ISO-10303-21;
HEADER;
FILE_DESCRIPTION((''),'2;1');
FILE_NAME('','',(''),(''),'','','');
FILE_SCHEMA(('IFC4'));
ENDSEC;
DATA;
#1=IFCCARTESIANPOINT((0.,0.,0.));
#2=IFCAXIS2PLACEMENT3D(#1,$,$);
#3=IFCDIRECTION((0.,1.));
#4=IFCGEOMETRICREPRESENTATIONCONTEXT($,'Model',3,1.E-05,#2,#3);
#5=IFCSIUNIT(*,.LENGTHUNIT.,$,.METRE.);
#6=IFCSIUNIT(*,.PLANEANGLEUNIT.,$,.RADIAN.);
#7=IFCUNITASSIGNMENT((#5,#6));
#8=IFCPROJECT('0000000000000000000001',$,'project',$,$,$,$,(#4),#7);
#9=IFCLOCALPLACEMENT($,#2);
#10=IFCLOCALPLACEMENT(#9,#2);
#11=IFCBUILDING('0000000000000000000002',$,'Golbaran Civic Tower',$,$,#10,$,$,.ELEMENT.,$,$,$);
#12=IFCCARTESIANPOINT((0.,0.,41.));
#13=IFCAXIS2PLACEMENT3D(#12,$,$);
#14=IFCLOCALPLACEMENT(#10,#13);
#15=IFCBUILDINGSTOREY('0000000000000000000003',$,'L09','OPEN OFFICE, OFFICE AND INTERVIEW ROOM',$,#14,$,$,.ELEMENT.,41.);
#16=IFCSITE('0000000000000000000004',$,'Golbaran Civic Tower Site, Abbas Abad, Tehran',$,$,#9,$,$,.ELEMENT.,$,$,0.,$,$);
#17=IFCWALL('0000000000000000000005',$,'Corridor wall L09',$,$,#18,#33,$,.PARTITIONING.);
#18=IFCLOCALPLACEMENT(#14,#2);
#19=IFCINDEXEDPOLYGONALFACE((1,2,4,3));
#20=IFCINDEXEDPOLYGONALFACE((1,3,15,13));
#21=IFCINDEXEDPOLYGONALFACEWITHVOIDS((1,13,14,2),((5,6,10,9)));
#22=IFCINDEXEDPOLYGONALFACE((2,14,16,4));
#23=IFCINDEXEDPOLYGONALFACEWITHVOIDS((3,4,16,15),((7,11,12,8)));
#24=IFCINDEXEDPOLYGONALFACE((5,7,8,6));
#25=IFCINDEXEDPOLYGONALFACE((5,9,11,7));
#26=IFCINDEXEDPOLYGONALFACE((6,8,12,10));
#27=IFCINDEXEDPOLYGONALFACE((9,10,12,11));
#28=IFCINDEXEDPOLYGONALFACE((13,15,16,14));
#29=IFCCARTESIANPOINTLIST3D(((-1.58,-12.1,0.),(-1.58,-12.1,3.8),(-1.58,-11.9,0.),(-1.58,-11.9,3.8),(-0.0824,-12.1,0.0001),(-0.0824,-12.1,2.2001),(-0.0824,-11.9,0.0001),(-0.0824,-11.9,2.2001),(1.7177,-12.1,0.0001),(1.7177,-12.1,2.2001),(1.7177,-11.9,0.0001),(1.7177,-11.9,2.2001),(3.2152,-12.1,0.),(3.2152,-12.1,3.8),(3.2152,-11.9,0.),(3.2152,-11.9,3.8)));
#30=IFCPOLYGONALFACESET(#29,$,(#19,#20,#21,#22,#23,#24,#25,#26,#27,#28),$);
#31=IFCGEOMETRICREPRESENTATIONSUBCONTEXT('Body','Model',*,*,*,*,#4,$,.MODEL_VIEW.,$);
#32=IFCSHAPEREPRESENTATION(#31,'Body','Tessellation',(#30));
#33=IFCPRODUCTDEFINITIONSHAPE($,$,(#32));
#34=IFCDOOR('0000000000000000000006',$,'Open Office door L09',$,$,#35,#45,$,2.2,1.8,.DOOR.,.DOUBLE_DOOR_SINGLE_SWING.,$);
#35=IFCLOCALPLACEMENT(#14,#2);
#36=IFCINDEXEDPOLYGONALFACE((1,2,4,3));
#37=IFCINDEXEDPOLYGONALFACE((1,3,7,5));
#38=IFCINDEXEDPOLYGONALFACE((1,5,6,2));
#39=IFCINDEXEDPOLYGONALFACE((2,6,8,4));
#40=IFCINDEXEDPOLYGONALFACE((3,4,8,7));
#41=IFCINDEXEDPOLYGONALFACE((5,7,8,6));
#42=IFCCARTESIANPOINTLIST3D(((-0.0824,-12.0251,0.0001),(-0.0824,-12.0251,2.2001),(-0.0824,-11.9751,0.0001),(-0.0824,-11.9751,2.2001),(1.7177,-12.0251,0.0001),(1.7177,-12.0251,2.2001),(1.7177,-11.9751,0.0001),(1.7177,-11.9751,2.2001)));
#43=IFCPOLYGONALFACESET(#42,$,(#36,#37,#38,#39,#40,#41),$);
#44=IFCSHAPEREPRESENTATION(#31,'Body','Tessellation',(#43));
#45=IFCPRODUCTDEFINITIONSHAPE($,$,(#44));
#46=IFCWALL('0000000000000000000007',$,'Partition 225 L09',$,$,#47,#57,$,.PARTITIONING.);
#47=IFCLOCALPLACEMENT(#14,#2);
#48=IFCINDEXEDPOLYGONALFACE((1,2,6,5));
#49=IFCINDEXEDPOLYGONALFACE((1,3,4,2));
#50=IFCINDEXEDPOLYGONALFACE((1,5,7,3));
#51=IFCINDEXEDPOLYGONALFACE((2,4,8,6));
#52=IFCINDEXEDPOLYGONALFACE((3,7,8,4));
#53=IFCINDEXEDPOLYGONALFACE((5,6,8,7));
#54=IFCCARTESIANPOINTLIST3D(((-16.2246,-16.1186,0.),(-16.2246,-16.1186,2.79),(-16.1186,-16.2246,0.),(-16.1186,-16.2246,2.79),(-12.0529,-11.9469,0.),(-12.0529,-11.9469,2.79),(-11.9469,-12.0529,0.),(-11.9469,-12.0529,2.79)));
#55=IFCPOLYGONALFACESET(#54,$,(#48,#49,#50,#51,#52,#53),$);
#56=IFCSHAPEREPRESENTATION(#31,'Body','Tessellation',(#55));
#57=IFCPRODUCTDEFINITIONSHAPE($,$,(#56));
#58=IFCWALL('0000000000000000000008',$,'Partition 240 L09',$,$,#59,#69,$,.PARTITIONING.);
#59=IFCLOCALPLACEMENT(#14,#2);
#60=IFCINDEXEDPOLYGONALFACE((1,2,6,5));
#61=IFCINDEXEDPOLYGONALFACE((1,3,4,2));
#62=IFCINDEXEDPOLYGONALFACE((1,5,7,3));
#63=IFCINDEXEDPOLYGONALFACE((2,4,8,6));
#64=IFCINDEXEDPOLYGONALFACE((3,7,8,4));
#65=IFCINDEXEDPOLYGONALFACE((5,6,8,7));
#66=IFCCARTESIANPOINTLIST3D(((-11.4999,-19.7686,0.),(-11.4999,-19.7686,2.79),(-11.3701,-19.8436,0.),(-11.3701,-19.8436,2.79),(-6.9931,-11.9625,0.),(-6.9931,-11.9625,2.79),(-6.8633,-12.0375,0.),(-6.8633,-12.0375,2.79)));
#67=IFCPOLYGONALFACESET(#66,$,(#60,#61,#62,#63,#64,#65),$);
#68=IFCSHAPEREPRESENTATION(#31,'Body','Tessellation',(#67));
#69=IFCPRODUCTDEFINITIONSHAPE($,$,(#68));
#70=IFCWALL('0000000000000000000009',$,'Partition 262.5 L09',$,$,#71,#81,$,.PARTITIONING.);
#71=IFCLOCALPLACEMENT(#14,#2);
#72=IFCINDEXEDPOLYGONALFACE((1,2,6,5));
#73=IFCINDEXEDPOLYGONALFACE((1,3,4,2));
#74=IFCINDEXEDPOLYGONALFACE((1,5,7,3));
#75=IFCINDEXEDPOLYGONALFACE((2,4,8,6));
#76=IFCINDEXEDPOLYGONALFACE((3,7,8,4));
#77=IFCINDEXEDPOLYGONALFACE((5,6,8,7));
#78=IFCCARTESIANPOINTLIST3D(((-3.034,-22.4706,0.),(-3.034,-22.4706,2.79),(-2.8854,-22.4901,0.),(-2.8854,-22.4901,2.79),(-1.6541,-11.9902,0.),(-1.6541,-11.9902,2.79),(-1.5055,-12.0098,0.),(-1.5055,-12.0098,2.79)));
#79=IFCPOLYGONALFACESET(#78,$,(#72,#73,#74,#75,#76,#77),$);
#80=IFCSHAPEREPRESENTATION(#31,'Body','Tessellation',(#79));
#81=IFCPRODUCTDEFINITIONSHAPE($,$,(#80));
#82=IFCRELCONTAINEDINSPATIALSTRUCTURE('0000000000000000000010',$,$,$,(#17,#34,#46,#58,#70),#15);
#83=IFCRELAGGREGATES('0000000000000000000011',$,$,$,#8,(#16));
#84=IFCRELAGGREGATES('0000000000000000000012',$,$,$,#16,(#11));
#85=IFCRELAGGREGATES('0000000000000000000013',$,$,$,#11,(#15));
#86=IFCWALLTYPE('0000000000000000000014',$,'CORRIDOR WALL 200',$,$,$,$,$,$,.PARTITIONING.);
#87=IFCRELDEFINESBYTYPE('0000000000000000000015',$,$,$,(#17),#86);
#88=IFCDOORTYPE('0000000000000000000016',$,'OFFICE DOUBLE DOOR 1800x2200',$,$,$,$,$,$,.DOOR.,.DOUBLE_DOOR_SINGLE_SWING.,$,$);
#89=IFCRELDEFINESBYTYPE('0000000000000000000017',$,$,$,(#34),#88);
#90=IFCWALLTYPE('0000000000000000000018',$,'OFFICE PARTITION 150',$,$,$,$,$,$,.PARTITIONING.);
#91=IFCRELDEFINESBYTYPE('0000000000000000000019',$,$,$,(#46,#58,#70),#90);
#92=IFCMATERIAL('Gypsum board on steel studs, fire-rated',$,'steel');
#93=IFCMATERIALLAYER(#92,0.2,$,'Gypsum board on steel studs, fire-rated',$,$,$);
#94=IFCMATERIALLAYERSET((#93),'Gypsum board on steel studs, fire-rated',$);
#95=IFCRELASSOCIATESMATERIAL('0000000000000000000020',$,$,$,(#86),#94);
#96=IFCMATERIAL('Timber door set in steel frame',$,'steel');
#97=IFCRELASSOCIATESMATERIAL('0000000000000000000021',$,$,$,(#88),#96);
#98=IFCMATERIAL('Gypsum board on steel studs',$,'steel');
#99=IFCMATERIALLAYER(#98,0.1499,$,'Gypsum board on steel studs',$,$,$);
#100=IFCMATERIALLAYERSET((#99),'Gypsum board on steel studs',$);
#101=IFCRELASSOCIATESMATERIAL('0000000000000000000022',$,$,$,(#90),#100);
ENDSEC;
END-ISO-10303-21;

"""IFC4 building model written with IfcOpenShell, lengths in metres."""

from ifc_helpers import new_model, si_unit, direction, frame, frame_2d, origin, place, context, subcontext, project, spatial, rectangle, extrude, material, layer, layer_set, type_object, element, fill, save


model = new_model("IFC4")

# Units and contexts
model_context = context("Model", 3, precision=1e-05, world=origin(), true_north=direction((0.0, 1.0)))
body_context = subcontext(model_context, "Body", "Model", "MODEL_VIEW")
ifc_project = project(units=[si_unit("LENGTHUNIT", "METRE"), si_unit("PLANEANGLEUNIT", "RADIAN")], contexts=[model_context])

# Site, building, storey
site_placement = place(None, origin())
site = spatial("IfcSite", under=ifc_project, at=site_placement, Name="Golbaran Civic Tower Site, Abbas Abad, Tehran", CompositionType="ELEMENT", RefElevation=0.0)
building_placement = place(site_placement, origin())
building = spatial("IfcBuilding", under=site, at=building_placement, Name="Golbaran Civic Tower", CompositionType="ELEMENT")
storey_placement = place(building_placement, frame((0.0, 0.0, 41.0)))
storey = spatial("IfcBuildingStorey", under=building, at=storey_placement, Name="L09", Description="OPEN OFFICE, OFFICE AND INTERVIEW ROOM", CompositionType="ELEMENT", Elevation=41.0)

# Wall, opening, door
ifc_material_1 = material(Name="Timber door set in steel frame", Category="steel")
ifc_material_2 = material(Name="Gypsum board on steel studs, fire-rated", Category="steel")
ifc_layer_1 = layer(ifc_material_2, 0.2, Name="Gypsum board on steel studs, fire-rated")
ifc_layer_set_1 = layer_set([ifc_layer_1], Name="Gypsum board on steel studs, fire-rated")
wall_type_1 = type_object("IfcWallType", Name="CORRIDOR WALL 200", PredefinedType="PARTITIONING", material=ifc_layer_set_1)
door_type_1 = type_object("IfcDoorType", Name="OFFICE DOUBLE DOOR 1800x2200", OperationType="DOUBLE_DOOR_SINGLE_SWING", PredefinedType="DOOR", material=ifc_material_1)
wall_1_placement = place(storey_placement, frame((-1.5798, -12.0, 0.0), z_axis=(0.0, 0.0, 1.0), x_axis=(1.0, 0.0, 0.0)))
wall_1 = element("IfcWall", 1, at=wall_1_placement, inside=storey, type_object=wall_type_1, Name="Corridor wall L09", PredefinedType="PARTITIONING", context=body_context, shape_type="SweptSolid", body=[
    extrude(rectangle(XDim=4.7952, YDim=0.2, at=frame_2d((2.3975, 0.0))), origin(), (0.0, 0.0, 1.0), 3.8),
])
opening_1_placement = place(wall_1_placement, frame((1.4976, 0.0, 0.0)))
opening_1 = element("IfcOpeningElement", 2, at=opening_1_placement, cuts=wall_1, PredefinedType="OPENING", context=body_context, shape_type="SweptSolid", body=[
    extrude(rectangle(XDim=1.8, YDim=2.2, at=frame_2d((0.8999, 1.1001))), frame((0.0, 0.1099, 0.0), z_axis=(0.0, -1.0, 0.0), x_axis=(1.0, 0.0, 0.0)), (0.0, 0.0, 1.0), 0.22),
])
door_1_placement = place(opening_1_placement, origin())
door_1 = element("IfcDoor", 3, at=door_1_placement, inside=storey, type_object=door_type_1, Name="Open Office door L09", OperationType="DOUBLE_DOOR_SINGLE_SWING", OverallHeight=2.2, OverallWidth=1.8, PredefinedType="DOOR", context=body_context, shape_type="SweptSolid", body=[
    extrude(rectangle(XDim=1.8, YDim=2.2, at=frame_2d((0.8999, 1.1001))), frame((0.0, 0.0249, 0.0), z_axis=(0.0, -1.0, 0.0), x_axis=(1.0, 0.0, 0.0)), (0.0, 0.0, 1.0), 0.05),
])
fill(opening_1, door_1)

# Walls
ifc_material_3 = material(Name="Gypsum board on steel studs", Category="steel")
ifc_layer_2 = layer(ifc_material_3, 0.1499, Name="Gypsum board on steel studs")
ifc_layer_set_2 = layer_set([ifc_layer_2], Name="Gypsum board on steel studs")
wall_type_2 = type_object("IfcWallType", Name="OFFICE PARTITION 150", PredefinedType="PARTITIONING", material=ifc_layer_set_2)
wall_2_placement = place(storey_placement, frame((-12.0, -12.0, 0.0), z_axis=(0.0, 0.0, 1.0), x_axis=(-0.707107, -0.707107, 0.0)))
element("IfcWall", 4, at=wall_2_placement, inside=storey, type_object=wall_type_2, Name="Partition 225 L09", PredefinedType="PARTITIONING", context=body_context, shape_type="SweptSolid", body=[
    extrude(rectangle(XDim=5.8997, YDim=0.1499, at=frame_2d((2.9497, 0.0))), origin(), (0.0, 0.0, 1.0), 2.79),
])
wall_3_placement = place(storey_placement, frame((-6.9282, -12.0, 0.0), z_axis=(0.0, 0.0, 1.0), x_axis=(-0.499996, -0.866028, 0.0)))
element("IfcWall", 5, at=wall_3_placement, inside=storey, type_object=wall_type_2, Name="Partition 240 L09", PredefinedType="PARTITIONING", context=body_context, shape_type="SweptSolid", body=[
    extrude(rectangle(XDim=9.0137, YDim=0.1499, at=frame_2d((4.5068, 0.0))), origin(), (0.0, 0.0, 1.0), 2.79),
])
wall_4_placement = place(storey_placement, frame((-1.5798, -12.0, 0.0), z_axis=(0.0, 0.0, 1.0), x_axis=(-0.130536, -0.991444, 0.0)))
element("IfcWall", 6, at=wall_4_placement, inside=storey, type_object=wall_type_2, Name="Partition 262.5 L09", PredefinedType="PARTITIONING", context=body_context, shape_type="SweptSolid", body=[
    extrude(rectangle(XDim=10.5708, YDim=0.1499, at=frame_2d((5.2854, 0.0))), origin(), (0.0, 0.0, 1.0), 2.79),
])

save(model, "model.ifc")
